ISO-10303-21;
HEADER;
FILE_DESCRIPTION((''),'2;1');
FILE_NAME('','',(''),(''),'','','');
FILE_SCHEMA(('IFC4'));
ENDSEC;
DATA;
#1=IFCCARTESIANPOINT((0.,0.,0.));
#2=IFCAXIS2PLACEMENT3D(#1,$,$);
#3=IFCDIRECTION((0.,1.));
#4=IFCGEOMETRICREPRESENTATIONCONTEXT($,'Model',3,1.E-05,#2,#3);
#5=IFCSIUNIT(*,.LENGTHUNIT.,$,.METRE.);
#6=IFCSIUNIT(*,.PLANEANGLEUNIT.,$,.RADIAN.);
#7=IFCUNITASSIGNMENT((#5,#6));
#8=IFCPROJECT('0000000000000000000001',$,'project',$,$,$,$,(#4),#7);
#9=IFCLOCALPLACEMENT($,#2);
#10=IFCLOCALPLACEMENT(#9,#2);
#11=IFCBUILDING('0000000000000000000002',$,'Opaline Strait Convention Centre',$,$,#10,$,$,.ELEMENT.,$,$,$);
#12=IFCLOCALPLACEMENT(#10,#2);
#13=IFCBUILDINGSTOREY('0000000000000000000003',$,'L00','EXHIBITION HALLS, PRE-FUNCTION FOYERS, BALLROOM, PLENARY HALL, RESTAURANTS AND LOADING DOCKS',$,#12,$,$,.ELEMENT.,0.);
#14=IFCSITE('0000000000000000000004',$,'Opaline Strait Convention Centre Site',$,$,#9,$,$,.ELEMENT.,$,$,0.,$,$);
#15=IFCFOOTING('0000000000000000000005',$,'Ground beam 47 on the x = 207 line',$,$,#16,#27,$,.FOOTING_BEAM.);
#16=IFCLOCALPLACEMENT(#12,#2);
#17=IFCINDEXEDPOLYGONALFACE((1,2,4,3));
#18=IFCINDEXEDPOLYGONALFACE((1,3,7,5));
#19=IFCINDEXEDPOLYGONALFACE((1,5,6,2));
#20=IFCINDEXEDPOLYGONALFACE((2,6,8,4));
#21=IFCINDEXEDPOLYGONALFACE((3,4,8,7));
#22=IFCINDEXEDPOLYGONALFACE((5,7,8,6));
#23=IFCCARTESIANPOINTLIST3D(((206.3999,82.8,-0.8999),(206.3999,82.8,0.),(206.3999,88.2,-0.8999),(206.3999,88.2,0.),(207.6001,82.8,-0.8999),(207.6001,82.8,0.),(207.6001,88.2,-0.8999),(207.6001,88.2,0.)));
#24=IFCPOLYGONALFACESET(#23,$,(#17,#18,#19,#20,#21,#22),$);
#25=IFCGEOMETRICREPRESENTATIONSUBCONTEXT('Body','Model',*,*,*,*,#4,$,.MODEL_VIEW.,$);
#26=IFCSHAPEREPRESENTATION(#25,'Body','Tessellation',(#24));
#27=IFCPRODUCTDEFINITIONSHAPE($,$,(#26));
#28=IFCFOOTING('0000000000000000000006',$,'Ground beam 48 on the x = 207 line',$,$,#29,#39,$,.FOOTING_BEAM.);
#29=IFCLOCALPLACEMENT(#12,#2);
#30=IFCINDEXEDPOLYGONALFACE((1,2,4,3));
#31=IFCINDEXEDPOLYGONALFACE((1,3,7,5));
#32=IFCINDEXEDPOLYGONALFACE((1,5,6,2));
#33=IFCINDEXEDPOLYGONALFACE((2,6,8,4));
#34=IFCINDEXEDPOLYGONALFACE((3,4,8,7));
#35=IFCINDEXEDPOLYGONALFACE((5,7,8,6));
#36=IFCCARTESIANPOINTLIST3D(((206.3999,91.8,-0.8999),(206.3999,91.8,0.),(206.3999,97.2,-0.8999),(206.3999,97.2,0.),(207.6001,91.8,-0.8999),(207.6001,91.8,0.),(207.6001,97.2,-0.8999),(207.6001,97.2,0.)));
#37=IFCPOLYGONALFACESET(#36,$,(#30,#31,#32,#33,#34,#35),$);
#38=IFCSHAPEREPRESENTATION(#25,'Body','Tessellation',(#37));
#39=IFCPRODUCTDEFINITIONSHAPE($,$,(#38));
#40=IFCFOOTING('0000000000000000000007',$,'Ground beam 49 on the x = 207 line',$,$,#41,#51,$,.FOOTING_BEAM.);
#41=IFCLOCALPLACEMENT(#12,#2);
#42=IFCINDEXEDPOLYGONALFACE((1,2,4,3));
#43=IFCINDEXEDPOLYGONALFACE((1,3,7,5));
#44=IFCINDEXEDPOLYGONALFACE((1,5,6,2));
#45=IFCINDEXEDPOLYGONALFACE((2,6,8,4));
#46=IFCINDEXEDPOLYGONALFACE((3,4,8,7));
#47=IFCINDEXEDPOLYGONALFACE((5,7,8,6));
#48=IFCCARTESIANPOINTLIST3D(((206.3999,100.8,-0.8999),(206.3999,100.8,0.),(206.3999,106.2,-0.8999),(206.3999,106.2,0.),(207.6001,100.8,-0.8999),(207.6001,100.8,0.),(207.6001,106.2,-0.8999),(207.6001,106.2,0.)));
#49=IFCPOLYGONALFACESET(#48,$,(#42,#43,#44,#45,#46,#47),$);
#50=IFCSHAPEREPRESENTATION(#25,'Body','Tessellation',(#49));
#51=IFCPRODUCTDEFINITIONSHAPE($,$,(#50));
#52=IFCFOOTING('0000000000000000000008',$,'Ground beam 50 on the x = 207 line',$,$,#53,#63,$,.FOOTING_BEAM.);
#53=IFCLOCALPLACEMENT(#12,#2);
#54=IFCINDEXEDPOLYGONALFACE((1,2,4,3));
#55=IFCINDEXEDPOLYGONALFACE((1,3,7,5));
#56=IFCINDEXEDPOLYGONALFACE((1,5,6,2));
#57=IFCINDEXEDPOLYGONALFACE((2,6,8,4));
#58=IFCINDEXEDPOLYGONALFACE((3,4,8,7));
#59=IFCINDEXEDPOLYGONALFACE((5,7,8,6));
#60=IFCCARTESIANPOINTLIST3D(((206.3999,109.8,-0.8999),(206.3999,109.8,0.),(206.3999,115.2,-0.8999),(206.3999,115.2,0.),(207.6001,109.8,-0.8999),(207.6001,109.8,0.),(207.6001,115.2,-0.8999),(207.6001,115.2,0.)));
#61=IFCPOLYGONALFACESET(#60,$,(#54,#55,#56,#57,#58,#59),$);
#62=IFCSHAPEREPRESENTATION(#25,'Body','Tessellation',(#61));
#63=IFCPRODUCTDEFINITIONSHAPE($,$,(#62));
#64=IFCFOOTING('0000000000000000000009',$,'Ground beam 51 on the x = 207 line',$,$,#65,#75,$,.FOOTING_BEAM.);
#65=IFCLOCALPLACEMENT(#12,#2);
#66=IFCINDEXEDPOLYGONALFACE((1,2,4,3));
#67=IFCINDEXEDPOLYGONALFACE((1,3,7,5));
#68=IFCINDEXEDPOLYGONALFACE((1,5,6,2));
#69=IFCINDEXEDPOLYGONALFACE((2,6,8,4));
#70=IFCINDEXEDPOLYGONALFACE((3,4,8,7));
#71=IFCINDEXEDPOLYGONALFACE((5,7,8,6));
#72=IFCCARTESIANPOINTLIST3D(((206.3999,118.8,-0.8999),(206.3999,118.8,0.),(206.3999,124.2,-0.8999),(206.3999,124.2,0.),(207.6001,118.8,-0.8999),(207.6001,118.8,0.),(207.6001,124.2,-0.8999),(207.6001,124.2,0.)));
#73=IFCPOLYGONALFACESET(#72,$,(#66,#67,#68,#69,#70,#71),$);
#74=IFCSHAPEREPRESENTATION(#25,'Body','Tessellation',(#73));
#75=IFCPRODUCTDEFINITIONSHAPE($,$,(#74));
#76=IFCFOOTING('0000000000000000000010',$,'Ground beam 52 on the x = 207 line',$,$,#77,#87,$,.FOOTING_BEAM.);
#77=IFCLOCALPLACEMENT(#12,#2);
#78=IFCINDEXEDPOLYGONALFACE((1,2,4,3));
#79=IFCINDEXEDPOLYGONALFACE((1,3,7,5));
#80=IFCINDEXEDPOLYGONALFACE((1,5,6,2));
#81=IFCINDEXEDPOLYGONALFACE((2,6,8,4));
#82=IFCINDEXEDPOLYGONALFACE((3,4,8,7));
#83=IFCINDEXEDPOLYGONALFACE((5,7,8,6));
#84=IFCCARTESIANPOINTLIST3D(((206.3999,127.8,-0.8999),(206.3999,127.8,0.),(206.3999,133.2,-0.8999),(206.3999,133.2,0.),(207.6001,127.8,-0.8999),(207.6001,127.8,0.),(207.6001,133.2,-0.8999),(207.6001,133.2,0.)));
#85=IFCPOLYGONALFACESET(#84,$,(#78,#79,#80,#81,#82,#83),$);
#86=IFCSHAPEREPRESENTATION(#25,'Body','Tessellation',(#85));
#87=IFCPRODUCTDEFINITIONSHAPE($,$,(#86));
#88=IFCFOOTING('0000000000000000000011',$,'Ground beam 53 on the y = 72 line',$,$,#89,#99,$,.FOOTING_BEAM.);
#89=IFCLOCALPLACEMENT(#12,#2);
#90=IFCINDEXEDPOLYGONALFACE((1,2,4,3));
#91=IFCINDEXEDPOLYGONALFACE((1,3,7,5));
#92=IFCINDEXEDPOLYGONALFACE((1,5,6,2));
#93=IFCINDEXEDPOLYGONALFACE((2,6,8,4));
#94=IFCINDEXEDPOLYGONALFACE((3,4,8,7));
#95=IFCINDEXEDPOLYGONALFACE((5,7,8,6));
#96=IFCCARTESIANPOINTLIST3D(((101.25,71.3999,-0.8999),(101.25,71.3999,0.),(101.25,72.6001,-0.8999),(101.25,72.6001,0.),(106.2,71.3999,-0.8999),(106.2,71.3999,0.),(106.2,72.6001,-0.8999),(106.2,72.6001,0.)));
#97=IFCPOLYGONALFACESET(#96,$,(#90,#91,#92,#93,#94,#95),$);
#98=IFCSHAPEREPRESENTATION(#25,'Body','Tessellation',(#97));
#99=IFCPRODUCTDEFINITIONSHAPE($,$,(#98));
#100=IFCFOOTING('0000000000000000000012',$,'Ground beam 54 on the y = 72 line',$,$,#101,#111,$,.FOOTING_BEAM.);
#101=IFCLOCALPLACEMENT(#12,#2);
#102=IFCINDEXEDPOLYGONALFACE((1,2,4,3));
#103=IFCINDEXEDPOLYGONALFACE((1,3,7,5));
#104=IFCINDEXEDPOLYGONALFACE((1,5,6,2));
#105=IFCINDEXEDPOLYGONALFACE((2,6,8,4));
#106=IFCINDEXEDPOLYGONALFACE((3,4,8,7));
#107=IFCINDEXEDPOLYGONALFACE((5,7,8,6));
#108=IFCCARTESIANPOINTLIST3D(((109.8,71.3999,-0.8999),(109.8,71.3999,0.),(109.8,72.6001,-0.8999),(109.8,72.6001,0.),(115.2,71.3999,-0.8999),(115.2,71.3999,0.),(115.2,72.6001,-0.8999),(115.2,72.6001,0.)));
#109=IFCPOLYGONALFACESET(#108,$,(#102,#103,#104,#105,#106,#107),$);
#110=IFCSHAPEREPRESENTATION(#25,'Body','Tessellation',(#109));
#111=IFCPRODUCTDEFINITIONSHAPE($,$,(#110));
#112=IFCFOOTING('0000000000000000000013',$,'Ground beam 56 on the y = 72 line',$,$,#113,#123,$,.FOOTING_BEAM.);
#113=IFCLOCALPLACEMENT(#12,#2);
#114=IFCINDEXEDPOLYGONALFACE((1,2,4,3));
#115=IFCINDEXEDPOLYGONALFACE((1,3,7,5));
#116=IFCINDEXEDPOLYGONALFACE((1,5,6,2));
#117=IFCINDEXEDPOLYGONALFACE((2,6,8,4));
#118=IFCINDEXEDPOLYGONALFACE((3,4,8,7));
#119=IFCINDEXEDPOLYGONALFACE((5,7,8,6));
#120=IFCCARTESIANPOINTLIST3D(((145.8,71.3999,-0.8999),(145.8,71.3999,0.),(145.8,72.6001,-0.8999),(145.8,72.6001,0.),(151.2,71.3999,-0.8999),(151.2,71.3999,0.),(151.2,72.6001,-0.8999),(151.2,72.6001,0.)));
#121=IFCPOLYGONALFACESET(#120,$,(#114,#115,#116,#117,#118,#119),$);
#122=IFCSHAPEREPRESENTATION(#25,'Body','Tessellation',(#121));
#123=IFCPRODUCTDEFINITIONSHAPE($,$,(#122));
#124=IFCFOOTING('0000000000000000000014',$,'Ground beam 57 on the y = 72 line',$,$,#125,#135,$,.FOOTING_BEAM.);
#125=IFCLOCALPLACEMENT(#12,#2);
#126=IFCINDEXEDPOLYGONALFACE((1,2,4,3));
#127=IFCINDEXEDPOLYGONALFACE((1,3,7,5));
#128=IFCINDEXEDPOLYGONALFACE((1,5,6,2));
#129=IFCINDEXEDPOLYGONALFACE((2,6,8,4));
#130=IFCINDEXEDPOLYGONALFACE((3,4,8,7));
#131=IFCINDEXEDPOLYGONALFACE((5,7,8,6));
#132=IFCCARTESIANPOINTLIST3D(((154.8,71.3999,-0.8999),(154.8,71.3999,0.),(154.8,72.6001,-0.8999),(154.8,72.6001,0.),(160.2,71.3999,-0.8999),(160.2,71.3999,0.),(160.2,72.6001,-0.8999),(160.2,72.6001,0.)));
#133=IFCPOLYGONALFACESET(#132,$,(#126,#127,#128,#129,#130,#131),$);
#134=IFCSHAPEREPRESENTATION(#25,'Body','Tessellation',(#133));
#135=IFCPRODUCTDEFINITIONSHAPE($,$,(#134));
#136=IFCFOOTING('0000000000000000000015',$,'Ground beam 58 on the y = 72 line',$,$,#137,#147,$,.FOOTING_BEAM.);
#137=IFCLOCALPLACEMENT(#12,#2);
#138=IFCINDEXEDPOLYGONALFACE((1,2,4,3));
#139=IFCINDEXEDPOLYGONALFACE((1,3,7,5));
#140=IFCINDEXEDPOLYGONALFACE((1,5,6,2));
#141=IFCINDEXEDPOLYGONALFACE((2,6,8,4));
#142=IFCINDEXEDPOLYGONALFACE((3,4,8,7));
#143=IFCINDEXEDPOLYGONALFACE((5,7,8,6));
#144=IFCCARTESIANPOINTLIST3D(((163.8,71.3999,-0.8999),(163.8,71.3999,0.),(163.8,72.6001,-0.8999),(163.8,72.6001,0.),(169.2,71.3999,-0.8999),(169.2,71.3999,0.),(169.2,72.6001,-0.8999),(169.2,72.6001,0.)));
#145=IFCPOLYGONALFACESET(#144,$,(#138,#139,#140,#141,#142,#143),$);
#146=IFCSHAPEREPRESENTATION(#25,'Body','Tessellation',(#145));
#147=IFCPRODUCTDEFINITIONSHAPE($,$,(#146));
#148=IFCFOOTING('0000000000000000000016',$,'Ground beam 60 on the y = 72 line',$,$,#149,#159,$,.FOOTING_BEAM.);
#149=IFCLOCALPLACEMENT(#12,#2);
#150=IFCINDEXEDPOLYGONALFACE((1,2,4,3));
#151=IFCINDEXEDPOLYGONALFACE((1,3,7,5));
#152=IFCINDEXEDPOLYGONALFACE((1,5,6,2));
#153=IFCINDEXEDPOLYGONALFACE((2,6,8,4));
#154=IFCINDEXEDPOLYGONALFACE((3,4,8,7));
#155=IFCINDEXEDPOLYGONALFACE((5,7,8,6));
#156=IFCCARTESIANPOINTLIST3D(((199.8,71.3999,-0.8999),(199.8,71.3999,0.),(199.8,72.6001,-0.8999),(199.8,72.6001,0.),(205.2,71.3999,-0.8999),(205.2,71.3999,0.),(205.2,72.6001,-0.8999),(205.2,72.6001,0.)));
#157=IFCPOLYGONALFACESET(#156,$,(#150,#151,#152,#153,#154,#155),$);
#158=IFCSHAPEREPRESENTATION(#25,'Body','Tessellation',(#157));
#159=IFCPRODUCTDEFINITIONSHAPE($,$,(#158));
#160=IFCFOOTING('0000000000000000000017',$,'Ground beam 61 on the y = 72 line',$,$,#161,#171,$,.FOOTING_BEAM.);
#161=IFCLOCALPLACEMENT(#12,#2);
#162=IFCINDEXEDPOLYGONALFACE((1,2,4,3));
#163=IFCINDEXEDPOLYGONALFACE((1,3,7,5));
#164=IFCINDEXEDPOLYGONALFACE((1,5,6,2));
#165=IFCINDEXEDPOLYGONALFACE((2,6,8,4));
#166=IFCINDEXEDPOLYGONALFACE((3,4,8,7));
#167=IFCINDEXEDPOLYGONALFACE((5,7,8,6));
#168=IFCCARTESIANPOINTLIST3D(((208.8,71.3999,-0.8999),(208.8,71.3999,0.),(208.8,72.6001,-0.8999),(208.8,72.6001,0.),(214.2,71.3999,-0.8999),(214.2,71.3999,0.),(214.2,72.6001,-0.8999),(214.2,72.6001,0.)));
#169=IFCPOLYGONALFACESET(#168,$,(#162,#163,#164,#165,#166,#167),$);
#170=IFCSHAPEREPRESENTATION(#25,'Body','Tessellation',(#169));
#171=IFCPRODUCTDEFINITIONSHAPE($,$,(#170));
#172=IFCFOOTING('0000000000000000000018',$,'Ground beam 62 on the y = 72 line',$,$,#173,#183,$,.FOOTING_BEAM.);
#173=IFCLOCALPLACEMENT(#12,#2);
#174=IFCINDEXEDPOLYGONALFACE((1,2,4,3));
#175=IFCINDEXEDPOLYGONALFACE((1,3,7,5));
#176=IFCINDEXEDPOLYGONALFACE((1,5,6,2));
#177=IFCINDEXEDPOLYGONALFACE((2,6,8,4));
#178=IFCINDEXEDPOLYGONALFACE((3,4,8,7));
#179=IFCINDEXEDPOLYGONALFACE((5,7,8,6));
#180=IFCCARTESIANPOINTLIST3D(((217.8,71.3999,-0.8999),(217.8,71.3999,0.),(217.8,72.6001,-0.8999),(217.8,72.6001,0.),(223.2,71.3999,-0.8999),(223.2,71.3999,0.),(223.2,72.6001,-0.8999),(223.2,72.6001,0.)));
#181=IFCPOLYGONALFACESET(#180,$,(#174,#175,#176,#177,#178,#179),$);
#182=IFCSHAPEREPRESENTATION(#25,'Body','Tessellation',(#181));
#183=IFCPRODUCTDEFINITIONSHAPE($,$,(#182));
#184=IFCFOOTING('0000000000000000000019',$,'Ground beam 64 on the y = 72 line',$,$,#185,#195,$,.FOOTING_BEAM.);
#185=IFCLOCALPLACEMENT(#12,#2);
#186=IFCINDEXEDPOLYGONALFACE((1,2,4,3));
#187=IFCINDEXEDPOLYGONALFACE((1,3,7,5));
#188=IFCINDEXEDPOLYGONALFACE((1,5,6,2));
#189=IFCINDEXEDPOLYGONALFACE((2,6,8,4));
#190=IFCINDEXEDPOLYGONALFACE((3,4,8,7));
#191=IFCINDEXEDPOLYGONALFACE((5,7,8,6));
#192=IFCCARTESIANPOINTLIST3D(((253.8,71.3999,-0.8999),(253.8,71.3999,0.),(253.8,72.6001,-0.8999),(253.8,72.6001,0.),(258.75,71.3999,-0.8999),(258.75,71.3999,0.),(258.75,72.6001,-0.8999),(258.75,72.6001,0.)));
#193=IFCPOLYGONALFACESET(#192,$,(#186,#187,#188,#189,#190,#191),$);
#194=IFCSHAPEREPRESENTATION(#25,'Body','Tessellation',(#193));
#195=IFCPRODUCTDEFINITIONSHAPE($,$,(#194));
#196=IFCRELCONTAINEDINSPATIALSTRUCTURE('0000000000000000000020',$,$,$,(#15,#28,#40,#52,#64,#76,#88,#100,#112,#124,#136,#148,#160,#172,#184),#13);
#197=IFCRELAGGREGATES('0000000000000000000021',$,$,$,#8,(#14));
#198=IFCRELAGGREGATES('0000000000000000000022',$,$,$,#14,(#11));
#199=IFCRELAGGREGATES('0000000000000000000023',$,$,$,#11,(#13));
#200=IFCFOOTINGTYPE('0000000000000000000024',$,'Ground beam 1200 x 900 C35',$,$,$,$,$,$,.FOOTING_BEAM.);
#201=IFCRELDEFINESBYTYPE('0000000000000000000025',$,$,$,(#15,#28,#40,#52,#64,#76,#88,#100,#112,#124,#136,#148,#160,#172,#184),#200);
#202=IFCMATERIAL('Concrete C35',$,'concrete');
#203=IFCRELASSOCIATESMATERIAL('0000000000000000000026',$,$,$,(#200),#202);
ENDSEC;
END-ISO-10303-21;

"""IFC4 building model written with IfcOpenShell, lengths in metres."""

from ifc_helpers import new_model, si_unit, direction, frame, origin, place, context, subcontext, project, spatial, polyline, outline, extrude, material, type_object, element, save


model = new_model("IFC4")

# Units and contexts
model_context = context("Model", 3, precision=1e-05, world=origin(), true_north=direction((0.0, 1.0)))
body_context = subcontext(model_context, "Body", "Model", "MODEL_VIEW")
ifc_project = project(units=[si_unit("LENGTHUNIT", "METRE"), si_unit("PLANEANGLEUNIT", "RADIAN")], contexts=[model_context])

# Site, building, storey
site_placement = place(None, origin())
site = spatial("IfcSite", under=ifc_project, at=site_placement, Name="Opaline Strait Convention Centre Site", CompositionType="ELEMENT", RefElevation=0.0)
building_placement = place(site_placement, origin())
building = spatial("IfcBuilding", under=site, at=building_placement, Name="Opaline Strait Convention Centre", CompositionType="ELEMENT")
storey_placement = place(building_placement, origin())
storey = spatial("IfcBuildingStorey", under=building, at=storey_placement, Name="L00", Description="EXHIBITION HALLS, PRE-FUNCTION FOYERS, BALLROOM, PLENARY HALL, RESTAURANTS AND LOADING DOCKS", CompositionType="ELEMENT", Elevation=0.0)

# Footings
ifc_material_1 = material(Name="Concrete C35", Category="concrete")
footing_type_1 = type_object("IfcFootingType", Name="Ground beam 1200 x 900 C35", PredefinedType="FOOTING_BEAM", material=ifc_material_1)
footing_1_placement = place(storey_placement, frame((0.0, 0.0, -0.8999)))
element("IfcFooting", 1, at=footing_1_placement, inside=storey, type_object=footing_type_1, Name="Ground beam 47 on the x = 207 line", PredefinedType="FOOTING_BEAM", context=body_context, shape_type="SweptSolid", body=[
    extrude(outline(polyline([(206.3999, 82.8), (207.6001, 82.8), (207.6001, 88.2), (206.3999, 88.2), (206.3999, 82.8)])), origin(), (0.0, 0.0, 1.0), 0.8999),
])
footing_2_placement = place(storey_placement, frame((0.0, 0.0, -0.8999)))
element("IfcFooting", 2, at=footing_2_placement, inside=storey, type_object=footing_type_1, Name="Ground beam 48 on the x = 207 line", PredefinedType="FOOTING_BEAM", context=body_context, shape_type="SweptSolid", body=[
    extrude(outline(polyline([(206.3999, 91.8), (207.6001, 91.8), (207.6001, 97.2), (206.3999, 97.2), (206.3999, 91.8)])), origin(), (0.0, 0.0, 1.0), 0.8999),
])
footing_3_placement = place(storey_placement, frame((0.0, 0.0, -0.8999)))
element("IfcFooting", 3, at=footing_3_placement, inside=storey, type_object=footing_type_1, Name="Ground beam 49 on the x = 207 line", PredefinedType="FOOTING_BEAM", context=body_context, shape_type="SweptSolid", body=[
    extrude(outline(polyline([(206.3999, 100.8), (207.6001, 100.8), (207.6001, 106.2), (206.3999, 106.2), (206.3999, 100.8)])), origin(), (0.0, 0.0, 1.0), 0.8999),
])
footing_4_placement = place(storey_placement, frame((0.0, 0.0, -0.8999)))
element("IfcFooting", 4, at=footing_4_placement, inside=storey, type_object=footing_type_1, Name="Ground beam 50 on the x = 207 line", PredefinedType="FOOTING_BEAM", context=body_context, shape_type="SweptSolid", body=[
    extrude(outline(polyline([(206.3999, 109.8), (207.6001, 109.8), (207.6001, 115.2), (206.3999, 115.2), (206.3999, 109.8)])), origin(), (0.0, 0.0, 1.0), 0.8999),
])
footing_5_placement = place(storey_placement, frame((0.0, 0.0, -0.8999)))
element("IfcFooting", 5, at=footing_5_placement, inside=storey, type_object=footing_type_1, Name="Ground beam 51 on the x = 207 line", PredefinedType="FOOTING_BEAM", context=body_context, shape_type="SweptSolid", body=[
    extrude(outline(polyline([(206.3999, 118.8), (207.6001, 118.8), (207.6001, 124.2), (206.3999, 124.2), (206.3999, 118.8)])), origin(), (0.0, 0.0, 1.0), 0.8999),
])
footing_6_placement = place(storey_placement, frame((0.0, 0.0, -0.8999)))
element("IfcFooting", 6, at=footing_6_placement, inside=storey, type_object=footing_type_1, Name="Ground beam 52 on the x = 207 line", PredefinedType="FOOTING_BEAM", context=body_context, shape_type="SweptSolid", body=[
    extrude(outline(polyline([(206.3999, 127.8), (207.6001, 127.8), (207.6001, 133.2), (206.3999, 133.2), (206.3999, 127.8)])), origin(), (0.0, 0.0, 1.0), 0.8999),
])
footing_7_placement = place(storey_placement, frame((0.0, 0.0, -0.8999)))
element("IfcFooting", 7, at=footing_7_placement, inside=storey, type_object=footing_type_1, Name="Ground beam 53 on the y = 72 line", PredefinedType="FOOTING_BEAM", context=body_context, shape_type="SweptSolid", body=[
    extrude(outline(polyline([(101.25, 71.3999), (106.2, 71.3999), (106.2, 72.6001), (101.25, 72.6001), (101.25, 71.3999)])), origin(), (0.0, 0.0, 1.0), 0.8999),
])
footing_8_placement = place(storey_placement, frame((0.0, 0.0, -0.8999)))
element("IfcFooting", 8, at=footing_8_placement, inside=storey, type_object=footing_type_1, Name="Ground beam 54 on the y = 72 line", PredefinedType="FOOTING_BEAM", context=body_context, shape_type="SweptSolid", body=[
    extrude(outline(polyline([(109.8, 71.3999), (115.2, 71.3999), (115.2, 72.6001), (109.8, 72.6001), (109.8, 71.3999)])), origin(), (0.0, 0.0, 1.0), 0.8999),
])
footing_9_placement = place(storey_placement, frame((0.0, 0.0, -0.8999)))
element("IfcFooting", 9, at=footing_9_placement, inside=storey, type_object=footing_type_1, Name="Ground beam 56 on the y = 72 line", PredefinedType="FOOTING_BEAM", context=body_context, shape_type="SweptSolid", body=[
    extrude(outline(polyline([(145.8, 71.3999), (151.2, 71.3999), (151.2, 72.6001), (145.8, 72.6001), (145.8, 71.3999)])), origin(), (0.0, 0.0, 1.0), 0.8999),
])
footing_10_placement = place(storey_placement, frame((0.0, 0.0, -0.8999)))
element("IfcFooting", 10, at=footing_10_placement, inside=storey, type_object=footing_type_1, Name="Ground beam 57 on the y = 72 line", PredefinedType="FOOTING_BEAM", context=body_context, shape_type="SweptSolid", body=[
    extrude(outline(polyline([(154.8, 71.3999), (160.2, 71.3999), (160.2, 72.6001), (154.8, 72.6001), (154.8, 71.3999)])), origin(), (0.0, 0.0, 1.0), 0.8999),
])
footing_11_placement = place(storey_placement, frame((0.0, 0.0, -0.8999)))
element("IfcFooting", 11, at=footing_11_placement, inside=storey, type_object=footing_type_1, Name="Ground beam 58 on the y = 72 line", PredefinedType="FOOTING_BEAM", context=body_context, shape_type="SweptSolid", body=[
    extrude(outline(polyline([(163.8, 71.3999), (169.2, 71.3999), (169.2, 72.6001), (163.8, 72.6001), (163.8, 71.3999)])), origin(), (0.0, 0.0, 1.0), 0.8999),
])
footing_12_placement = place(storey_placement, frame((0.0, 0.0, -0.8999)))
element("IfcFooting", 12, at=footing_12_placement, inside=storey, type_object=footing_type_1, Name="Ground beam 60 on the y = 72 line", PredefinedType="FOOTING_BEAM", context=body_context, shape_type="SweptSolid", body=[
    extrude(outline(polyline([(199.8, 71.3999), (205.2, 71.3999), (205.2, 72.6001), (199.8, 72.6001), (199.8, 71.3999)])), origin(), (0.0, 0.0, 1.0), 0.8999),
])
footing_13_placement = place(storey_placement, frame((0.0, 0.0, -0.8999)))
element("IfcFooting", 13, at=footing_13_placement, inside=storey, type_object=footing_type_1, Name="Ground beam 61 on the y = 72 line", PredefinedType="FOOTING_BEAM", context=body_context, shape_type="SweptSolid", body=[
    extrude(outline(polyline([(208.8, 71.3999), (214.2, 71.3999), (214.2, 72.6001), (208.8, 72.6001), (208.8, 71.3999)])), origin(), (0.0, 0.0, 1.0), 0.8999),
])
footing_14_placement = place(storey_placement, frame((0.0, 0.0, -0.8999)))
element("IfcFooting", 14, at=footing_14_placement, inside=storey, type_object=footing_type_1, Name="Ground beam 62 on the y = 72 line", PredefinedType="FOOTING_BEAM", context=body_context, shape_type="SweptSolid", body=[
    extrude(outline(polyline([(217.8, 71.3999), (223.2, 71.3999), (223.2, 72.6001), (217.8, 72.6001), (217.8, 71.3999)])), origin(), (0.0, 0.0, 1.0), 0.8999),
])
footing_15_placement = place(storey_placement, frame((0.0, 0.0, -0.8999)))
element("IfcFooting", 15, at=footing_15_placement, inside=storey, type_object=footing_type_1, Name="Ground beam 64 on the y = 72 line", PredefinedType="FOOTING_BEAM", context=body_context, shape_type="SweptSolid", body=[
    extrude(outline(polyline([(253.8, 71.3999), (258.75, 71.3999), (258.75, 72.6001), (253.8, 72.6001), (253.8, 71.3999)])), origin(), (0.0, 0.0, 1.0), 0.8999),
])

save(model, "model.ifc")
